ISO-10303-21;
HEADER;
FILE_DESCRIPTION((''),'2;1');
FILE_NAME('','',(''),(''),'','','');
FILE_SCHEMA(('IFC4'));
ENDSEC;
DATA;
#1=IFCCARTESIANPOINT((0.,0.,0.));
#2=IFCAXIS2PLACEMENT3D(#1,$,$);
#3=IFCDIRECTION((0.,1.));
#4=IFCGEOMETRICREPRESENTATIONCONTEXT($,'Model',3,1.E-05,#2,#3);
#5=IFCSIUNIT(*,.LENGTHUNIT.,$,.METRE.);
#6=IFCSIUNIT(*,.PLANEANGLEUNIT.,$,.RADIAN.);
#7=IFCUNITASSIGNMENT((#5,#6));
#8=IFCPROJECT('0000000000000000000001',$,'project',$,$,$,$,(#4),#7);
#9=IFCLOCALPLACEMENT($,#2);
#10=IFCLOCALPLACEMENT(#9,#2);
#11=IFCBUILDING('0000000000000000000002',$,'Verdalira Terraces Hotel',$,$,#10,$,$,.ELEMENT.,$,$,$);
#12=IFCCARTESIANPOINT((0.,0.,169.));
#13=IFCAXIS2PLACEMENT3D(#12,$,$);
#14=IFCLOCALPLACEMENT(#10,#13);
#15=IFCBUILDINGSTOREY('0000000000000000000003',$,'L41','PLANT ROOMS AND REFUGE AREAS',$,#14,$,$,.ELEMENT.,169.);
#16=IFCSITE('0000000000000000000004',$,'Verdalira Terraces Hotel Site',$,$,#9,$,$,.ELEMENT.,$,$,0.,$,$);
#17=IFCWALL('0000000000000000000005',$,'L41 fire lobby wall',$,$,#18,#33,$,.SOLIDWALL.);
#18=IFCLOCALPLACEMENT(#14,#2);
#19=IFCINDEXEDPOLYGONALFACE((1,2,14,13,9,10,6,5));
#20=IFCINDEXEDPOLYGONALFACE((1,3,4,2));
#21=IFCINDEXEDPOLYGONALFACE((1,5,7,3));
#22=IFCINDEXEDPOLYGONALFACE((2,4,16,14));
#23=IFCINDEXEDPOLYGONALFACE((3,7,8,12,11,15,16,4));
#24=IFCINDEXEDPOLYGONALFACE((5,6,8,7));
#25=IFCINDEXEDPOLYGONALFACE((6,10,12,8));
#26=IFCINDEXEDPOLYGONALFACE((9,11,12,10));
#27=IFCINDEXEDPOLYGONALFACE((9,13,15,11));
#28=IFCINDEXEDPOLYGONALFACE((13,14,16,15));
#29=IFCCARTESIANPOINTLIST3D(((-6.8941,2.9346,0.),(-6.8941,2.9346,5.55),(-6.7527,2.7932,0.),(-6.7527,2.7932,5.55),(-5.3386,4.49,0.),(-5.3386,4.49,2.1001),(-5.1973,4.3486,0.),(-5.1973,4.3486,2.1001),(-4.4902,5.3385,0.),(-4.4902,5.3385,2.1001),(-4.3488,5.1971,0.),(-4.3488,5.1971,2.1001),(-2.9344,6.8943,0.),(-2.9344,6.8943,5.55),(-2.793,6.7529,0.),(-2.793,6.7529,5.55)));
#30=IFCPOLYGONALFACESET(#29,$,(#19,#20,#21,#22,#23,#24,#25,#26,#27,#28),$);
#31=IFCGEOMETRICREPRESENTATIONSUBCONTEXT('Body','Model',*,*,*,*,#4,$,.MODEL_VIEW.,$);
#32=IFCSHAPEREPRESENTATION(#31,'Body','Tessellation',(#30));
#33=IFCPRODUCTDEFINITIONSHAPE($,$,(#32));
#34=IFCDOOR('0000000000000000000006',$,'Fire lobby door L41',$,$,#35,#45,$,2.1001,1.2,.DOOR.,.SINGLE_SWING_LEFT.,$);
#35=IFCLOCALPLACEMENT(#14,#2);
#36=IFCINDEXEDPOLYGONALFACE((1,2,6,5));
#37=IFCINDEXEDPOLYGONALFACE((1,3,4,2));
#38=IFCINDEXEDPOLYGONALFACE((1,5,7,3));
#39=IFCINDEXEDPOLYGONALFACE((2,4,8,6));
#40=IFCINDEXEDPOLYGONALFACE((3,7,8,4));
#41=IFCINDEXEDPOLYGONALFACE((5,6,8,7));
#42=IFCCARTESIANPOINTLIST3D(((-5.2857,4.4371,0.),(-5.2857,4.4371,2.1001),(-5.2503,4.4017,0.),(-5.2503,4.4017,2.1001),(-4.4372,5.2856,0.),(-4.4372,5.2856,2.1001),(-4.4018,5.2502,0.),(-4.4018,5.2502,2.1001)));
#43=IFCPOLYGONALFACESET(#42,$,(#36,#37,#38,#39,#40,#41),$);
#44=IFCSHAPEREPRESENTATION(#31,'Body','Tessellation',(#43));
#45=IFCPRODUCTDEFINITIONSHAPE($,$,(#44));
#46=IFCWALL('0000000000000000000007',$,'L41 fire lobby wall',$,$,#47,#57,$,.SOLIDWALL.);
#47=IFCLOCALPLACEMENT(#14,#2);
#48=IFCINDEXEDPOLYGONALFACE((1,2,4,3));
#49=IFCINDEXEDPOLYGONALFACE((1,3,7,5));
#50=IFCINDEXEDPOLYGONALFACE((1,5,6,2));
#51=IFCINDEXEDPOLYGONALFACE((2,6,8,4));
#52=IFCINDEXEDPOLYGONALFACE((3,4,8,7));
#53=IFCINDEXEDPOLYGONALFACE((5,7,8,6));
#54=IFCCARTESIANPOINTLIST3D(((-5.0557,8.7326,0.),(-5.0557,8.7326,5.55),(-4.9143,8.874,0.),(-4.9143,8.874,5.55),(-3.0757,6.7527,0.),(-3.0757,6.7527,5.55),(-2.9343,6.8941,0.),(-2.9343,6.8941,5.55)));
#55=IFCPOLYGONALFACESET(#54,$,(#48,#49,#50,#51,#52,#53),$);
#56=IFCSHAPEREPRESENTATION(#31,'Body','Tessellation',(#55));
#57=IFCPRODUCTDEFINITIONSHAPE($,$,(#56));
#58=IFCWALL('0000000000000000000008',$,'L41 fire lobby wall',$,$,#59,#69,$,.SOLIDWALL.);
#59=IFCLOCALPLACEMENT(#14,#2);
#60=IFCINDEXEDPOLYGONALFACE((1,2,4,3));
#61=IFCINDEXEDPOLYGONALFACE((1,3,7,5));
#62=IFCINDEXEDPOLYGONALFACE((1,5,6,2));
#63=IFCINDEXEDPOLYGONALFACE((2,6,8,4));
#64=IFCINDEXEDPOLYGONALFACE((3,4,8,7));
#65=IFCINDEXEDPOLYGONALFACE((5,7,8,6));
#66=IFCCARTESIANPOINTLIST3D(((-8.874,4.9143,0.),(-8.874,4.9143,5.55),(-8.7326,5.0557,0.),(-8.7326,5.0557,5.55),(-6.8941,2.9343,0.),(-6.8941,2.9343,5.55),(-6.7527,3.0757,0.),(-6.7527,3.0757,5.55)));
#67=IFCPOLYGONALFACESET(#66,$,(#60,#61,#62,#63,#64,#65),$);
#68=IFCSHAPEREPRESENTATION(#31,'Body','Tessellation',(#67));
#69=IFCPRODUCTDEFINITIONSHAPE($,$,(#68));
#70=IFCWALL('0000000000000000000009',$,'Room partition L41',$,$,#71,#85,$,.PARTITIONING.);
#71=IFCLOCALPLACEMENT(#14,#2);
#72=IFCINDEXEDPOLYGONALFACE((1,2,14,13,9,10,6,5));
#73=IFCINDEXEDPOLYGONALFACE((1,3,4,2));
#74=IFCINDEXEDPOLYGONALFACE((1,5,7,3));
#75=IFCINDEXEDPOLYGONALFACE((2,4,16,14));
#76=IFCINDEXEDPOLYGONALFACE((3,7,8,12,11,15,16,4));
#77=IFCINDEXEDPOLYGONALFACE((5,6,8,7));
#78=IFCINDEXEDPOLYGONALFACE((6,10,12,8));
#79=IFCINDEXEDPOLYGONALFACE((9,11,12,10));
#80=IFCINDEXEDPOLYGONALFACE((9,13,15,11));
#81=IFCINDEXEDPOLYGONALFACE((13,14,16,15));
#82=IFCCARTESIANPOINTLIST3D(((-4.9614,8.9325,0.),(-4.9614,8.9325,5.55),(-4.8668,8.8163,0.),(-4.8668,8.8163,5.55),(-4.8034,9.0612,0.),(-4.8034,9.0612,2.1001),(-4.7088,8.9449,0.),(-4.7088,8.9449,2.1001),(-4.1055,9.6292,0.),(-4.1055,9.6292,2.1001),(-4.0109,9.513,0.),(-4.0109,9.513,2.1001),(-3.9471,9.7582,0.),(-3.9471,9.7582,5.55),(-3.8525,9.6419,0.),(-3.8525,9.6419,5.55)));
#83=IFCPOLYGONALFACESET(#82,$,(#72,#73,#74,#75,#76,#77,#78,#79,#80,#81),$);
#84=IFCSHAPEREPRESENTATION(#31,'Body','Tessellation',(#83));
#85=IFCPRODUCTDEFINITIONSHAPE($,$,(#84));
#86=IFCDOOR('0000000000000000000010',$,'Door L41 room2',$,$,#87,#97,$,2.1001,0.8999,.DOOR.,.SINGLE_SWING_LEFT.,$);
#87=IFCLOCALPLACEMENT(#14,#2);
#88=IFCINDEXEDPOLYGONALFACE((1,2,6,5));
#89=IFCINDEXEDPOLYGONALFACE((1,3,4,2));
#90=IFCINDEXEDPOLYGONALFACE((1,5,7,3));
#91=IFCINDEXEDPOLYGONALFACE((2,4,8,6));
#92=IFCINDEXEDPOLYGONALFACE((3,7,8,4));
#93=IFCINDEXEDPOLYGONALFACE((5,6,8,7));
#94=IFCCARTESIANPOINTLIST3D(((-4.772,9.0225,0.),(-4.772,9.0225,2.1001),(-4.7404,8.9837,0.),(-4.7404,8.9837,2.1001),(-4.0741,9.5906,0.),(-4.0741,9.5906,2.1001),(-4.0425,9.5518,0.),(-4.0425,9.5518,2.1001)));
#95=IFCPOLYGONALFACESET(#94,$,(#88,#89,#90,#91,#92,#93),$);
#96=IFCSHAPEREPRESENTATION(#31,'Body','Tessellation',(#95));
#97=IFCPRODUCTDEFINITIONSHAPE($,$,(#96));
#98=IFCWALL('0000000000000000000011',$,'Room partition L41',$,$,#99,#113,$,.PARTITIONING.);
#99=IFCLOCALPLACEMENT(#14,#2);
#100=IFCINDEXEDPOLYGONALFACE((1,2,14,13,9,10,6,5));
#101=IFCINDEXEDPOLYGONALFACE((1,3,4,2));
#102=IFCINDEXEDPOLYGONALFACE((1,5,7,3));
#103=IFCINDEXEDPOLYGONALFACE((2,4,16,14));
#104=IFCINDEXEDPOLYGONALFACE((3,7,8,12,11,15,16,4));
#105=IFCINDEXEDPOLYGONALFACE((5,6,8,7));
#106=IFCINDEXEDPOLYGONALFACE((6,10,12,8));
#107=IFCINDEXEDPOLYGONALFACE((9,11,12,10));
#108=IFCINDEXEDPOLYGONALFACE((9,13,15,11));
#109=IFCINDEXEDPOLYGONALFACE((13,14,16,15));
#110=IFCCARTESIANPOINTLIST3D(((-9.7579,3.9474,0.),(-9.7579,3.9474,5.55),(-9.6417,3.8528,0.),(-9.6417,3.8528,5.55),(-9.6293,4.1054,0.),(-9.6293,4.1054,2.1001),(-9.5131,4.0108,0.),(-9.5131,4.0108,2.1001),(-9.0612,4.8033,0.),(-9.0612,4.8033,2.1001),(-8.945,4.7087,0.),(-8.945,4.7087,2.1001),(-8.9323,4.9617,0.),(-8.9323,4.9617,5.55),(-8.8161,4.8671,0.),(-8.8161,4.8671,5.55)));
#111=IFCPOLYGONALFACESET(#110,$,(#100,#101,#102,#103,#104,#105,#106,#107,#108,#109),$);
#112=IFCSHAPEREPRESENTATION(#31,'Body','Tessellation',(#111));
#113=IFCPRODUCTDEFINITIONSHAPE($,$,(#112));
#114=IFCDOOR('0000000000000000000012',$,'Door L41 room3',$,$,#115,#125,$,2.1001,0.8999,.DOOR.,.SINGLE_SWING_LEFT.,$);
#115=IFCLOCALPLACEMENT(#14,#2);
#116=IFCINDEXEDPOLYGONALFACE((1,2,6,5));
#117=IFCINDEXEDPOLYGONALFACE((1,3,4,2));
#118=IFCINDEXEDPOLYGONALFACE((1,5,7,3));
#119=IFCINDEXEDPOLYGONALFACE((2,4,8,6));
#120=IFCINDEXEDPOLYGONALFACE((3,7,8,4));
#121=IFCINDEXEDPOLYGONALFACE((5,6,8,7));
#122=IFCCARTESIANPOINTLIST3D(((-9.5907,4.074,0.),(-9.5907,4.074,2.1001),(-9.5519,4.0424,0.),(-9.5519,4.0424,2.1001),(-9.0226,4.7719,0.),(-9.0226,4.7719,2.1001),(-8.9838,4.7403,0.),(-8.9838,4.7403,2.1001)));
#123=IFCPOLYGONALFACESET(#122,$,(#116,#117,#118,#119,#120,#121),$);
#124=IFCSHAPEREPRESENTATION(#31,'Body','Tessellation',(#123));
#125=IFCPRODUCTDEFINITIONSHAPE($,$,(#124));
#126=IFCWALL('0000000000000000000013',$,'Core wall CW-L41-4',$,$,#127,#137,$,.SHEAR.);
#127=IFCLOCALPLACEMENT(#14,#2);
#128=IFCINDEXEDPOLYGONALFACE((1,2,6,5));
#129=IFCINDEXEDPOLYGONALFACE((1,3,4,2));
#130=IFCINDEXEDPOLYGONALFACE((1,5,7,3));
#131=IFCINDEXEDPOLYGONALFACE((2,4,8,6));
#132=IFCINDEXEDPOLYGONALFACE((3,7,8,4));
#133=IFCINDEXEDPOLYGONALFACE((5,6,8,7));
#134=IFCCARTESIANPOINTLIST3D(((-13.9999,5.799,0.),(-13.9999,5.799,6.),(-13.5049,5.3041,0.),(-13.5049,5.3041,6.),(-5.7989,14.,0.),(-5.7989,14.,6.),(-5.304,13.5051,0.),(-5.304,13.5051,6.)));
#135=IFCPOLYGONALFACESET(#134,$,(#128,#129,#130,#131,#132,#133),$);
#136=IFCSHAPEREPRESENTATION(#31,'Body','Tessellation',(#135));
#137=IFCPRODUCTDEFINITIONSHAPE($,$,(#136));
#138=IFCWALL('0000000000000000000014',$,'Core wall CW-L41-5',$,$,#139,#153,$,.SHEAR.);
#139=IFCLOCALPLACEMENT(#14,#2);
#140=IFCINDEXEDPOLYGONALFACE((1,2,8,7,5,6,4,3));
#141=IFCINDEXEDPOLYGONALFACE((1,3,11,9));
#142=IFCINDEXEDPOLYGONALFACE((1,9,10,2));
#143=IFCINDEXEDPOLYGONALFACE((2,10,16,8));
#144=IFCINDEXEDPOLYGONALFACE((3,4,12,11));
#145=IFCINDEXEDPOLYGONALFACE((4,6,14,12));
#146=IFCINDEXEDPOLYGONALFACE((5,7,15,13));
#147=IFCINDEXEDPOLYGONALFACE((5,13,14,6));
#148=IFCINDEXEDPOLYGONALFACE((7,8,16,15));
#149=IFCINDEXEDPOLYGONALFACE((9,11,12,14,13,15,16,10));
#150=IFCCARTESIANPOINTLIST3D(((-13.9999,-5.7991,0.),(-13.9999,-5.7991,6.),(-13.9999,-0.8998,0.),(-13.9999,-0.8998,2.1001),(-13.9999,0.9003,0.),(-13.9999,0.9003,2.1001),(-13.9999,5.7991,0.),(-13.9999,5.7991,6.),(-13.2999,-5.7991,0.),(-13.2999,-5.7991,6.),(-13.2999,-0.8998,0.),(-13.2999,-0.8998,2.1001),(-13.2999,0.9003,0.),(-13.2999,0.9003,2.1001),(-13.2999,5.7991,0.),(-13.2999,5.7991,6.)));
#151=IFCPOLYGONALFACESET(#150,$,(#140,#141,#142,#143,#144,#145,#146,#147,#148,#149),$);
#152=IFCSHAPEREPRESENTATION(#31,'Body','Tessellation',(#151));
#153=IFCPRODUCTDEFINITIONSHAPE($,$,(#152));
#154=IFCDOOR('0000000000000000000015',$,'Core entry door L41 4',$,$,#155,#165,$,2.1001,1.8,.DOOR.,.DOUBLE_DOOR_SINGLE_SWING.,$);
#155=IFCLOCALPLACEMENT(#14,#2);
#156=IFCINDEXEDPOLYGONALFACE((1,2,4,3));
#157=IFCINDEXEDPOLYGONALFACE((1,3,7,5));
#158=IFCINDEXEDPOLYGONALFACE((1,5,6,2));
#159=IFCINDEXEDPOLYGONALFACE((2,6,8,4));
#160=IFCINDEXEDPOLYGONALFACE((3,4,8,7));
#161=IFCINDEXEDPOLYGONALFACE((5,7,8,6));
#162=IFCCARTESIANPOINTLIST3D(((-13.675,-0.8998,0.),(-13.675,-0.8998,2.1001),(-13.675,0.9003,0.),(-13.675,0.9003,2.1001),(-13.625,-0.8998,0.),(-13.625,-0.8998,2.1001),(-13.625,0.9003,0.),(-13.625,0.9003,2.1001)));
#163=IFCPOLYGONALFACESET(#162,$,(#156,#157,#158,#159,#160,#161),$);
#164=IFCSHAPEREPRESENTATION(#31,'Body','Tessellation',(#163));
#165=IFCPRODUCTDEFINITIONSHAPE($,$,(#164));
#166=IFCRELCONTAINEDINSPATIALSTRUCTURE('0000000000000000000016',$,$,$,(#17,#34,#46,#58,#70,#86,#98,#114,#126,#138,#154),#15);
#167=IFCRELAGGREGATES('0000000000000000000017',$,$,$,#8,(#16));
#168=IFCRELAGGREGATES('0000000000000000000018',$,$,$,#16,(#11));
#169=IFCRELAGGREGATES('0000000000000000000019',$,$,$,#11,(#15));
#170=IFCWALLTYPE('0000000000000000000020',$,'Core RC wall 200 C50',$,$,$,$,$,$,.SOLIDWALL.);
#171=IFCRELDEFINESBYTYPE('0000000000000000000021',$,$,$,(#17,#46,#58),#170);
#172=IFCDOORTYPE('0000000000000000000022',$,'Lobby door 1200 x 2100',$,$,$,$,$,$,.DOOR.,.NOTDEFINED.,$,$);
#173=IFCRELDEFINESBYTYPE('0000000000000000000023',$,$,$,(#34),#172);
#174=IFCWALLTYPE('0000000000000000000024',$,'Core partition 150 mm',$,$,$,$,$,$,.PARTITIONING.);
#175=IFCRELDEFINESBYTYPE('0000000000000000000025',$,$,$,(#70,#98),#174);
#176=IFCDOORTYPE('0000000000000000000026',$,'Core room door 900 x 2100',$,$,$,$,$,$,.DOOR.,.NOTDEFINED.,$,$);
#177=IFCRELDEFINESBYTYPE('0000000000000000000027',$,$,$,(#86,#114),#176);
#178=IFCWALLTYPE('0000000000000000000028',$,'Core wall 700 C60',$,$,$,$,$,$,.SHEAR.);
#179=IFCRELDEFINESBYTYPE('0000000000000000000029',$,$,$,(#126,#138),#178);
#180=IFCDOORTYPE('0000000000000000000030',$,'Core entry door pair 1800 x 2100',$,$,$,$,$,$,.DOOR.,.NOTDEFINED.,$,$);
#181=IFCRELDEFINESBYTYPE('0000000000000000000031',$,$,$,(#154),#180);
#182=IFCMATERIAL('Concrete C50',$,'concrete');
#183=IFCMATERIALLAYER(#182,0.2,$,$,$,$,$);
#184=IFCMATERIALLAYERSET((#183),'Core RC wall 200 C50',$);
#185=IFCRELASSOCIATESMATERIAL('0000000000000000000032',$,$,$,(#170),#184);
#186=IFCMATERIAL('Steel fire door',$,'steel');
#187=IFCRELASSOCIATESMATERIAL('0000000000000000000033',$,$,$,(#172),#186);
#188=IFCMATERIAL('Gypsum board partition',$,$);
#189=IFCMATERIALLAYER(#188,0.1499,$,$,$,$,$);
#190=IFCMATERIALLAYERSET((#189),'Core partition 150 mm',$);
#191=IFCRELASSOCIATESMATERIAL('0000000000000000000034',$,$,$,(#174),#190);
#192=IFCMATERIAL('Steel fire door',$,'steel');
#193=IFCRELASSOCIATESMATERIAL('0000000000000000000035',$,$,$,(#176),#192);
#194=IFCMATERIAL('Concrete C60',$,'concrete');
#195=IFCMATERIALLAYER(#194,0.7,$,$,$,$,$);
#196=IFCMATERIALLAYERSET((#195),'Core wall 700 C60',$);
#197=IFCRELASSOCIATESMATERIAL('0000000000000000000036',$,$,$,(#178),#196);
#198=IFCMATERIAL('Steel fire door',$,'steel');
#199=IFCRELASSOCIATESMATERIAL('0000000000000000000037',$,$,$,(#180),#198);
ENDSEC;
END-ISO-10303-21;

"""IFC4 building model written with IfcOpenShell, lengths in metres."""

from ifc_helpers import new_model, si_unit, direction, frame, frame_2d, origin, place, context, subcontext, project, spatial, rectangle, extrude, material, layer, layer_set, type_object, element, fill, save


model = new_model("IFC4")

# Units and contexts
model_context = context("Model", 3, precision=1e-05, world=origin(), true_north=direction((0.0, 1.0)))
body_context = subcontext(model_context, "Body", "Model", "MODEL_VIEW")
ifc_project = project(units=[si_unit("LENGTHUNIT", "METRE"), si_unit("PLANEANGLEUNIT", "RADIAN")], contexts=[model_context])

# Site, building, storey
site_placement = place(None, origin())
site = spatial("IfcSite", under=ifc_project, at=site_placement, Name="Verdalira Terraces Hotel Site", CompositionType="ELEMENT", RefElevation=0.0)
building_placement = place(site_placement, origin())
building = spatial("IfcBuilding", under=site, at=building_placement, Name="Verdalira Terraces Hotel", CompositionType="ELEMENT")
storey_placement = place(building_placement, frame((0.0, 0.0, 169.0)))
storey = spatial("IfcBuildingStorey", under=building, at=storey_placement, Name="L41", Description="PLANT ROOMS AND REFUGE AREAS", CompositionType="ELEMENT", Elevation=169.0)

# Shared definitions
ifc_material_1 = material(Name="Concrete C50", Category="concrete")
ifc_layer_1 = layer(ifc_material_1, 0.2)
ifc_layer_set_1 = layer_set([ifc_layer_1], Name="Core RC wall 200 C50")
wall_type_1 = type_object("IfcWallType", Name="Core RC wall 200 C50", PredefinedType="SOLIDWALL", material=ifc_layer_set_1)

# Wall, opening, door
wall_1_placement = place(storey_placement, frame((-2.8638, 6.8235, 0.0), z_axis=(0.0, 0.0, 1.0), x_axis=(-0.707107, -0.707107, 0.0)))
wall_1 = element("IfcWall", 1, at=wall_1_placement, inside=storey, type_object=wall_type_1, Name="L41 fire lobby wall", PredefinedType="SOLIDWALL", context=body_context, shape_type="SweptSolid", body=[
    extrude(rectangle(XDim=5.5999, YDim=0.2, at=frame_2d((2.7998, 0.0))), origin(), (0.0, 0.0, 1.0), 5.55),
])
opening_1_placement = place(wall_1_placement, frame((2.2, 0.0, 0.0)))
opening_1 = element("IfcOpeningElement", 2, at=opening_1_placement, cuts=wall_1, PredefinedType="OPENING", context=body_context, shape_type="SweptSolid", body=[
    extrude(rectangle(XDim=1.2, YDim=2.1001, at=frame_2d((0.6001, 1.05))), frame((0.0, 0.1099, 0.0), z_axis=(0.0, -1.0, 0.0), x_axis=(1.0, 0.0, 0.0)), (0.0, 0.0, 1.0), 0.22),
])
ifc_material_2 = material(Name="Steel fire door", Category="steel")
door_type_1 = type_object("IfcDoorType", Name="Lobby door 1200 x 2100", OperationType="NOTDEFINED", PredefinedType="DOOR", material=ifc_material_2)
door_1_placement = place(opening_1_placement, origin())
door_1 = element("IfcDoor", 3, at=door_1_placement, inside=storey, type_object=door_type_1, Name="Fire lobby door L41", OperationType="SINGLE_SWING_LEFT", OverallHeight=2.1001, OverallWidth=1.2, PredefinedType="DOOR", context=body_context, shape_type="SweptSolid", body=[
    extrude(rectangle(XDim=1.2, YDim=2.1001, at=frame_2d((0.6001, 1.05))), frame((0.0, 0.0249, 0.0), z_axis=(0.0, -1.0, 0.0), x_axis=(1.0, 0.0, 0.0)), (0.0, 0.0, 1.0), 0.05),
])
fill(opening_1, door_1)

# Walls
for number, where, z_axis, x_axis, name in (
    (4, (-3.0051, 6.8235, 0.0), (0.0, 0.0, 1.0), (-0.707107, 0.707107, 0.0), "L41 fire lobby wall"),
    (5, (-6.8235, 3.0051, 0.0), (0.0, 0.0, 1.0), (-0.707107, 0.707107, 0.0), "L41 fire lobby wall"),
):
    element("IfcWall", number, at=place(storey_placement, frame(where, z_axis=z_axis, x_axis=x_axis)), inside=storey, type_object=wall_type_1, Name=name, PredefinedType="SOLIDWALL", context=body_context, shape_type="SweptSolid", body=[
        extrude(rectangle(XDim=2.8, YDim=0.2, at=frame_2d((1.3999, 0.0))), origin(), (0.0, 0.0, 1.0), 5.55),
    ])

# Walls, openings, doors
ifc_material_3 = material(Name="Gypsum board partition")
ifc_layer_2 = layer(ifc_material_3, 0.1499)
ifc_layer_set_2 = layer_set([ifc_layer_2], Name="Core partition 150 mm")
wall_type_2 = type_object("IfcWallType", Name="Core partition 150 mm", PredefinedType="PARTITIONING", material=ifc_layer_set_2)
wall_2_placement = place(storey_placement, frame((-3.8999, 9.7, 0.0), z_axis=(0.0, 0.0, 1.0), x_axis=(-0.77556, -0.631274, 0.0)))
wall_2 = element("IfcWall", 6, at=wall_2_placement, inside=storey, type_object=wall_type_2, Name="Room partition L41", PredefinedType="PARTITIONING", context=body_context, shape_type="SweptSolid", body=[
    extrude(rectangle(XDim=1.3079, YDim=0.1499, at=frame_2d((0.6538, 0.0))), origin(), (0.0, 0.0, 1.0), 5.55),
])
opening_2_placement = place(wall_2_placement, frame((0.2041, 0.0, 0.0)))
opening_2 = element("IfcOpeningElement", 7, at=opening_2_placement, cuts=wall_2, PredefinedType="OPENING", context=body_context, shape_type="SweptSolid", body=[
    extrude(rectangle(XDim=0.8999, YDim=2.1001, at=frame_2d((0.45, 1.05))), frame((0.0, 0.085, 0.0), z_axis=(0.0, -1.0, 0.0), x_axis=(1.0, 0.0, 0.0)), (0.0, 0.0, 1.0), 0.1699),
])
ifc_material_4 = material(Name="Steel fire door", Category="steel")
door_type_2 = type_object("IfcDoorType", Name="Core room door 900 x 2100", OperationType="NOTDEFINED", PredefinedType="DOOR", material=ifc_material_4)
door_2_placement = place(opening_2_placement, origin())
door_2 = element("IfcDoor", 8, at=door_2_placement, inside=storey, type_object=door_type_2, Name="Door L41 room2", OperationType="SINGLE_SWING_LEFT", OverallHeight=2.1001, OverallWidth=0.8999, PredefinedType="DOOR", context=body_context, shape_type="SweptSolid", body=[
    extrude(rectangle(XDim=0.8999, YDim=2.1001, at=frame_2d((0.45, 1.05))), frame((0.0, 0.0249, 0.0), z_axis=(0.0, -1.0, 0.0), x_axis=(1.0, 0.0, 0.0)), (0.0, 0.0, 1.0), 0.05),
])
fill(opening_2, door_2)
wall_3_placement = place(storey_placement, frame((-8.8743, 4.9143, 0.0), z_axis=(0.0, 0.0, 1.0), x_axis=(-0.631274, -0.77556, 0.0)))
wall_3 = element("IfcWall", 9, at=wall_3_placement, inside=storey, type_object=wall_type_2, Name="Room partition L41", PredefinedType="PARTITIONING", context=body_context, shape_type="SweptSolid", body=[
    extrude(rectangle(XDim=1.3079, YDim=0.1499, at=frame_2d((0.6538, 0.0))), origin(), (0.0, 0.0, 1.0), 5.55),
])
opening_3_placement = place(wall_3_placement, frame((0.2041, 0.0, 0.0)))
opening_3 = element("IfcOpeningElement", 10, at=opening_3_placement, cuts=wall_3, PredefinedType="OPENING", context=body_context, shape_type="SweptSolid", body=[
    extrude(rectangle(XDim=0.8999, YDim=2.1001, at=frame_2d((0.45, 1.05))), frame((0.0, 0.085, 0.0), z_axis=(0.0, -1.0, 0.0), x_axis=(1.0, 0.0, 0.0)), (0.0, 0.0, 1.0), 0.1699),
])
door_3_placement = place(opening_3_placement, origin())
door_3 = element("IfcDoor", 11, at=door_3_placement, inside=storey, type_object=door_type_2, Name="Door L41 room3", OperationType="SINGLE_SWING_LEFT", OverallHeight=2.1001, OverallWidth=0.8999, PredefinedType="DOOR", context=body_context, shape_type="SweptSolid", body=[
    extrude(rectangle(XDim=0.8999, YDim=2.1001, at=frame_2d((0.45, 1.05))), frame((0.0, 0.0249, 0.0), z_axis=(0.0, -1.0, 0.0), x_axis=(1.0, 0.0, 0.0)), (0.0, 0.0, 1.0), 0.05),
])
fill(opening_3, door_3)

# Wall
ifc_material_5 = material(Name="Concrete C60", Category="concrete")
ifc_layer_3 = layer(ifc_material_5, 0.7)
ifc_layer_set_3 = layer_set([ifc_layer_3], Name="Core wall 700 C60")
wall_type_3 = type_object("IfcWallType", Name="Core wall 700 C60", PredefinedType="SHEAR", material=ifc_layer_set_3)
wall_4_placement = place(storey_placement, frame((-5.5515, 13.7524, 0.0), z_axis=(0.0, 0.0, 1.0), x_axis=(-0.707107, -0.707107, 0.0)))
element("IfcWall", 12, at=wall_4_placement, inside=storey, type_object=wall_type_3, Name="Core wall CW-L41-4", PredefinedType="SHEAR", context=body_context, shape_type="SweptSolid", body=[
    extrude(rectangle(XDim=11.5979, YDim=0.7, at=frame_2d((5.7988, 0.0))), origin(), (0.0, 0.0, 1.0), 6.0),
])

# Wall, opening, door
wall_5_placement = place(storey_placement, frame((-13.6499, 5.7991, 0.0), z_axis=(0.0, 0.0, 1.0), x_axis=(0.0, -1.0, 0.0)))
wall_5 = element("IfcWall", 13, at=wall_5_placement, inside=storey, type_object=wall_type_3, Name="Core wall CW-L41-5", PredefinedType="SHEAR", context=body_context, shape_type="SweptSolid", body=[
    extrude(rectangle(XDim=11.5981, YDim=0.7, at=frame_2d((5.7991, 0.0))), origin(), (0.0, 0.0, 1.0), 6.0),
])
opening_4_placement = place(wall_5_placement, frame((4.8989, 0.0, 0.0)))
opening_4 = element("IfcOpeningElement", 14, at=opening_4_placement, cuts=wall_5, PredefinedType="OPENING", context=body_context, shape_type="SweptSolid", body=[
    extrude(rectangle(XDim=1.8, YDim=2.1001, at=frame_2d((0.8999, 1.05))), frame((0.0, 0.3599, 0.0), z_axis=(0.0, -1.0, 0.0), x_axis=(1.0, 0.0, 0.0)), (0.0, 0.0, 1.0), 0.72),
])
ifc_material_6 = material(Name="Steel fire door", Category="steel")
door_type_3 = type_object("IfcDoorType", Name="Core entry door pair 1800 x 2100", OperationType="NOTDEFINED", PredefinedType="DOOR", material=ifc_material_6)
door_4_placement = place(opening_4_placement, origin())
door_4 = element("IfcDoor", 15, at=door_4_placement, inside=storey, type_object=door_type_3, Name="Core entry door L41 4", OperationType="DOUBLE_DOOR_SINGLE_SWING", OverallHeight=2.1001, OverallWidth=1.8, PredefinedType="DOOR", context=body_context, shape_type="SweptSolid", body=[
    extrude(rectangle(XDim=1.8, YDim=2.1001, at=frame_2d((0.8999, 1.05))), frame((0.0, 0.0249, 0.0), z_axis=(0.0, -1.0, 0.0), x_axis=(1.0, 0.0, 0.0)), (0.0, 0.0, 1.0), 0.05),
])
fill(opening_4, door_4)

save(model, "model.ifc")
